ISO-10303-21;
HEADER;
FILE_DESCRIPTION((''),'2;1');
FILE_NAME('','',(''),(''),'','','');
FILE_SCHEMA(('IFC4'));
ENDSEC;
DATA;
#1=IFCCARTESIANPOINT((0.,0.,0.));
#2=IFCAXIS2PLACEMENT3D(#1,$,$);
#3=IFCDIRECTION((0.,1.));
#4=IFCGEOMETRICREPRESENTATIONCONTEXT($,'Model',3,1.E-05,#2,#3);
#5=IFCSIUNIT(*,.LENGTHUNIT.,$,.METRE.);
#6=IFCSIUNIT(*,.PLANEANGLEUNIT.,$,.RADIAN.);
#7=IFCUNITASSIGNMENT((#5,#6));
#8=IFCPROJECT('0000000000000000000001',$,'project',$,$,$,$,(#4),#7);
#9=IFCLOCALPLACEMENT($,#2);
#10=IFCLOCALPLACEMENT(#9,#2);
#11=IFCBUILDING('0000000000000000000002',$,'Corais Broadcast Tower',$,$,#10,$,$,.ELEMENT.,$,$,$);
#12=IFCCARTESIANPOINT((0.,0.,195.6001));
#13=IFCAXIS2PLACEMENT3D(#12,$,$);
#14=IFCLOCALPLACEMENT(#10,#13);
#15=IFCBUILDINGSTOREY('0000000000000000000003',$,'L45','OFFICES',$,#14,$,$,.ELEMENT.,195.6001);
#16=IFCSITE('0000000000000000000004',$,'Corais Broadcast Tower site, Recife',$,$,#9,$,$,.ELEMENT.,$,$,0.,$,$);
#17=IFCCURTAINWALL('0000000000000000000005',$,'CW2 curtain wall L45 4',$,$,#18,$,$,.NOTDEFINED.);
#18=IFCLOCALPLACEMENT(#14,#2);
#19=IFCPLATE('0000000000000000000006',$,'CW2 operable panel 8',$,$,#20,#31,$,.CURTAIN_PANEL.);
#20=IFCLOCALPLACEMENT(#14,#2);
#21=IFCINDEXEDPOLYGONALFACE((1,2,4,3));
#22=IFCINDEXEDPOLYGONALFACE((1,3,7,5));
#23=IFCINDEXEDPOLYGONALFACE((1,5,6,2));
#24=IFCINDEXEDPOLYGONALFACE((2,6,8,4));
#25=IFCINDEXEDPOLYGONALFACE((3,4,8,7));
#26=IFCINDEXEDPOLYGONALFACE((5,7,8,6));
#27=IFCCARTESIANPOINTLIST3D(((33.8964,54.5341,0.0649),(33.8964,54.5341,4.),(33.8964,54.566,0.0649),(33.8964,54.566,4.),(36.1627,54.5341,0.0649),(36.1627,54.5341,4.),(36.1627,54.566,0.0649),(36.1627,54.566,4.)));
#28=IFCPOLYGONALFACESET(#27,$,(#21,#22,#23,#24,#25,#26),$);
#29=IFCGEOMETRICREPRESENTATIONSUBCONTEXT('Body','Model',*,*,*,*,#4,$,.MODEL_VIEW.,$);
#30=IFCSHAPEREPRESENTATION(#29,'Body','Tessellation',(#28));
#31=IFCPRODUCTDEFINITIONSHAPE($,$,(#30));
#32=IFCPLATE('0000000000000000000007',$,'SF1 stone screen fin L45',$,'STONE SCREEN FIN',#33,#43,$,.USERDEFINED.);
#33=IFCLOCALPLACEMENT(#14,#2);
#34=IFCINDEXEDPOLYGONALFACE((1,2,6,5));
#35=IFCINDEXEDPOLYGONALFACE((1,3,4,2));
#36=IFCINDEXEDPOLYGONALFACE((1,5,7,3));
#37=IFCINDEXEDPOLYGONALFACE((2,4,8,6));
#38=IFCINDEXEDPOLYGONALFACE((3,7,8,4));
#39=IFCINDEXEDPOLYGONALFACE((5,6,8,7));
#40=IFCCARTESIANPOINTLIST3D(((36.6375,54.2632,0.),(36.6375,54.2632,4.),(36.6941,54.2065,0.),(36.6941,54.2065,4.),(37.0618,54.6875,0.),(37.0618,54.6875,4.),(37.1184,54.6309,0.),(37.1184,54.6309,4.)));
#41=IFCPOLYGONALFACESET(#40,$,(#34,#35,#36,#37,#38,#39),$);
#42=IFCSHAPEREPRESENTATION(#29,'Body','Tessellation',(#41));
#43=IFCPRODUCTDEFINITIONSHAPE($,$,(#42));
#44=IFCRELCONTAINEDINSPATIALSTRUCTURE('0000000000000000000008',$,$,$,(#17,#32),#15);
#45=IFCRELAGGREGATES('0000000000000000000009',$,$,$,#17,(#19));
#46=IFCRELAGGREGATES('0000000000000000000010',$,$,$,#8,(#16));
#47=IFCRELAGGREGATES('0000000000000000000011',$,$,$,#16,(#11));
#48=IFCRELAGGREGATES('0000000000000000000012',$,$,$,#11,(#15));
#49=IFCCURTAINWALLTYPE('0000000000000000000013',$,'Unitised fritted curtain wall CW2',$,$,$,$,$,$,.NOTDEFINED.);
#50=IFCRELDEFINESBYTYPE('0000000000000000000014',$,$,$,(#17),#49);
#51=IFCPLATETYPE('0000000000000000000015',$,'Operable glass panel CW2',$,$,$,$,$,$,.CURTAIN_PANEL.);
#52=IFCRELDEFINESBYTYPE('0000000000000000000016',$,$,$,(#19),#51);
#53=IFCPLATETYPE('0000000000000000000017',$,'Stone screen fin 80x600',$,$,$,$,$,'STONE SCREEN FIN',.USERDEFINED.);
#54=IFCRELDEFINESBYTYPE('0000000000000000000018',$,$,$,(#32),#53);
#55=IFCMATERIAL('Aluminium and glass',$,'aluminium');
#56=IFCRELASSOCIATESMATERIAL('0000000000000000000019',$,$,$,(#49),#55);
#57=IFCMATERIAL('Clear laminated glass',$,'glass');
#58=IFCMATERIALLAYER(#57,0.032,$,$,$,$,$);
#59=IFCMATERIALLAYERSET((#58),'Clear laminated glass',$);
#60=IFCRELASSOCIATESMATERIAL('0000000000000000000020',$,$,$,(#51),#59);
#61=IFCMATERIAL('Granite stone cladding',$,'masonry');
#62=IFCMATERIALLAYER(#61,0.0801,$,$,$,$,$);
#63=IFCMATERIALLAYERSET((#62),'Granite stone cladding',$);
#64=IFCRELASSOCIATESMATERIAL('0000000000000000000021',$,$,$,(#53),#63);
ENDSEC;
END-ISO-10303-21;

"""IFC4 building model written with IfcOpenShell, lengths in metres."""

from ifc_helpers import new_model, si_unit, direction, frame, origin, origin_2d, place, context, subcontext, project, spatial, rectangle, extrude, material, layer, layer_set, type_object, element, aggregate, save


model = new_model("IFC4")

# Units and contexts
model_context = context("Model", 3, precision=1e-05, world=origin(), true_north=direction((0.0, 1.0)))
body_context = subcontext(model_context, "Body", "Model", "MODEL_VIEW")
ifc_project = project(units=[si_unit("LENGTHUNIT", "METRE"), si_unit("PLANEANGLEUNIT", "RADIAN")], contexts=[model_context])

# Site, building, storey
site_placement = place(None, origin())
site = spatial("IfcSite", under=ifc_project, at=site_placement, Name="Corais Broadcast Tower site, Recife", CompositionType="ELEMENT", RefElevation=0.0)
building_placement = place(site_placement, origin())
building = spatial("IfcBuilding", under=site, at=building_placement, Name="Corais Broadcast Tower", CompositionType="ELEMENT")
storey_placement = place(building_placement, frame((0.0, 0.0, 195.6001)))
storey = spatial("IfcBuildingStorey", under=building, at=storey_placement, Name="L45", Description="OFFICES", CompositionType="ELEMENT", Elevation=195.6001)

# Curtain wall
ifc_material_1 = material(Name="Aluminium and glass", Category="aluminium")
curtain_wall_type = type_object("IfcCurtainWallType", Name="Unitised fritted curtain wall CW2", PredefinedType="NOTDEFINED", material=ifc_material_1)
curtain_wall_1_placement = place(storey_placement, origin())
curtain_wall_1 = element("IfcCurtainWall", 1, at=curtain_wall_1_placement, inside=storey, type_object=curtain_wall_type, Name="CW2 curtain wall L45 4", PredefinedType="NOTDEFINED")

# Plates
ifc_material_2 = material(Name="Clear laminated glass", Category="glass")
ifc_layer_1 = layer(ifc_material_2, 0.032)
ifc_layer_set_1 = layer_set([ifc_layer_1], Name="Clear laminated glass")
plate_type_1 = type_object("IfcPlateType", Name="Operable glass panel CW2", PredefinedType="CURTAIN_PANEL", material=ifc_layer_set_1)
plate_1_placement = place(storey_placement, frame((35.0295, 54.55, 0.0649), z_axis=(0.0, 0.0, 1.0), x_axis=(1.0, 0.0, 0.0)))
plate_1 = element("IfcPlate", 2, at=plate_1_placement, type_object=plate_type_1, Name="CW2 operable panel 8", PredefinedType="CURTAIN_PANEL", context=body_context, shape_type="SweptSolid", body=[
    extrude(rectangle(XDim=2.2664, YDim=0.032, at=origin_2d()), origin(), (0.0, 0.0, 1.0), 3.9351),
])
aggregate(curtain_wall_1, [plate_1])
ifc_material_3 = material(Name="Granite stone cladding", Category="masonry")
ifc_layer_2 = layer(ifc_material_3, 0.0801)
ifc_layer_set_2 = layer_set([ifc_layer_2], Name="Granite stone cladding")
plate_type_2 = type_object("IfcPlateType", Name="Stone screen fin 80x600", ElementType="STONE SCREEN FIN", PredefinedType="USERDEFINED", material=ifc_layer_set_2)
plate_2_placement = place(storey_placement, frame((36.8779, 54.447, 0.0), z_axis=(0.0, 0.0, 1.0), x_axis=(0.707107, -0.707107, 0.0)))
element("IfcPlate", 3, at=plate_2_placement, inside=storey, type_object=plate_type_2, Name="SF1 stone screen fin L45", ObjectType="STONE SCREEN FIN", PredefinedType="USERDEFINED", context=body_context, shape_type="SweptSolid", body=[
    extrude(rectangle(XDim=0.0801, YDim=0.6001, at=origin_2d()), origin(), (0.0, 0.0, 1.0), 4.0),
])

save(model, "model.ifc")
